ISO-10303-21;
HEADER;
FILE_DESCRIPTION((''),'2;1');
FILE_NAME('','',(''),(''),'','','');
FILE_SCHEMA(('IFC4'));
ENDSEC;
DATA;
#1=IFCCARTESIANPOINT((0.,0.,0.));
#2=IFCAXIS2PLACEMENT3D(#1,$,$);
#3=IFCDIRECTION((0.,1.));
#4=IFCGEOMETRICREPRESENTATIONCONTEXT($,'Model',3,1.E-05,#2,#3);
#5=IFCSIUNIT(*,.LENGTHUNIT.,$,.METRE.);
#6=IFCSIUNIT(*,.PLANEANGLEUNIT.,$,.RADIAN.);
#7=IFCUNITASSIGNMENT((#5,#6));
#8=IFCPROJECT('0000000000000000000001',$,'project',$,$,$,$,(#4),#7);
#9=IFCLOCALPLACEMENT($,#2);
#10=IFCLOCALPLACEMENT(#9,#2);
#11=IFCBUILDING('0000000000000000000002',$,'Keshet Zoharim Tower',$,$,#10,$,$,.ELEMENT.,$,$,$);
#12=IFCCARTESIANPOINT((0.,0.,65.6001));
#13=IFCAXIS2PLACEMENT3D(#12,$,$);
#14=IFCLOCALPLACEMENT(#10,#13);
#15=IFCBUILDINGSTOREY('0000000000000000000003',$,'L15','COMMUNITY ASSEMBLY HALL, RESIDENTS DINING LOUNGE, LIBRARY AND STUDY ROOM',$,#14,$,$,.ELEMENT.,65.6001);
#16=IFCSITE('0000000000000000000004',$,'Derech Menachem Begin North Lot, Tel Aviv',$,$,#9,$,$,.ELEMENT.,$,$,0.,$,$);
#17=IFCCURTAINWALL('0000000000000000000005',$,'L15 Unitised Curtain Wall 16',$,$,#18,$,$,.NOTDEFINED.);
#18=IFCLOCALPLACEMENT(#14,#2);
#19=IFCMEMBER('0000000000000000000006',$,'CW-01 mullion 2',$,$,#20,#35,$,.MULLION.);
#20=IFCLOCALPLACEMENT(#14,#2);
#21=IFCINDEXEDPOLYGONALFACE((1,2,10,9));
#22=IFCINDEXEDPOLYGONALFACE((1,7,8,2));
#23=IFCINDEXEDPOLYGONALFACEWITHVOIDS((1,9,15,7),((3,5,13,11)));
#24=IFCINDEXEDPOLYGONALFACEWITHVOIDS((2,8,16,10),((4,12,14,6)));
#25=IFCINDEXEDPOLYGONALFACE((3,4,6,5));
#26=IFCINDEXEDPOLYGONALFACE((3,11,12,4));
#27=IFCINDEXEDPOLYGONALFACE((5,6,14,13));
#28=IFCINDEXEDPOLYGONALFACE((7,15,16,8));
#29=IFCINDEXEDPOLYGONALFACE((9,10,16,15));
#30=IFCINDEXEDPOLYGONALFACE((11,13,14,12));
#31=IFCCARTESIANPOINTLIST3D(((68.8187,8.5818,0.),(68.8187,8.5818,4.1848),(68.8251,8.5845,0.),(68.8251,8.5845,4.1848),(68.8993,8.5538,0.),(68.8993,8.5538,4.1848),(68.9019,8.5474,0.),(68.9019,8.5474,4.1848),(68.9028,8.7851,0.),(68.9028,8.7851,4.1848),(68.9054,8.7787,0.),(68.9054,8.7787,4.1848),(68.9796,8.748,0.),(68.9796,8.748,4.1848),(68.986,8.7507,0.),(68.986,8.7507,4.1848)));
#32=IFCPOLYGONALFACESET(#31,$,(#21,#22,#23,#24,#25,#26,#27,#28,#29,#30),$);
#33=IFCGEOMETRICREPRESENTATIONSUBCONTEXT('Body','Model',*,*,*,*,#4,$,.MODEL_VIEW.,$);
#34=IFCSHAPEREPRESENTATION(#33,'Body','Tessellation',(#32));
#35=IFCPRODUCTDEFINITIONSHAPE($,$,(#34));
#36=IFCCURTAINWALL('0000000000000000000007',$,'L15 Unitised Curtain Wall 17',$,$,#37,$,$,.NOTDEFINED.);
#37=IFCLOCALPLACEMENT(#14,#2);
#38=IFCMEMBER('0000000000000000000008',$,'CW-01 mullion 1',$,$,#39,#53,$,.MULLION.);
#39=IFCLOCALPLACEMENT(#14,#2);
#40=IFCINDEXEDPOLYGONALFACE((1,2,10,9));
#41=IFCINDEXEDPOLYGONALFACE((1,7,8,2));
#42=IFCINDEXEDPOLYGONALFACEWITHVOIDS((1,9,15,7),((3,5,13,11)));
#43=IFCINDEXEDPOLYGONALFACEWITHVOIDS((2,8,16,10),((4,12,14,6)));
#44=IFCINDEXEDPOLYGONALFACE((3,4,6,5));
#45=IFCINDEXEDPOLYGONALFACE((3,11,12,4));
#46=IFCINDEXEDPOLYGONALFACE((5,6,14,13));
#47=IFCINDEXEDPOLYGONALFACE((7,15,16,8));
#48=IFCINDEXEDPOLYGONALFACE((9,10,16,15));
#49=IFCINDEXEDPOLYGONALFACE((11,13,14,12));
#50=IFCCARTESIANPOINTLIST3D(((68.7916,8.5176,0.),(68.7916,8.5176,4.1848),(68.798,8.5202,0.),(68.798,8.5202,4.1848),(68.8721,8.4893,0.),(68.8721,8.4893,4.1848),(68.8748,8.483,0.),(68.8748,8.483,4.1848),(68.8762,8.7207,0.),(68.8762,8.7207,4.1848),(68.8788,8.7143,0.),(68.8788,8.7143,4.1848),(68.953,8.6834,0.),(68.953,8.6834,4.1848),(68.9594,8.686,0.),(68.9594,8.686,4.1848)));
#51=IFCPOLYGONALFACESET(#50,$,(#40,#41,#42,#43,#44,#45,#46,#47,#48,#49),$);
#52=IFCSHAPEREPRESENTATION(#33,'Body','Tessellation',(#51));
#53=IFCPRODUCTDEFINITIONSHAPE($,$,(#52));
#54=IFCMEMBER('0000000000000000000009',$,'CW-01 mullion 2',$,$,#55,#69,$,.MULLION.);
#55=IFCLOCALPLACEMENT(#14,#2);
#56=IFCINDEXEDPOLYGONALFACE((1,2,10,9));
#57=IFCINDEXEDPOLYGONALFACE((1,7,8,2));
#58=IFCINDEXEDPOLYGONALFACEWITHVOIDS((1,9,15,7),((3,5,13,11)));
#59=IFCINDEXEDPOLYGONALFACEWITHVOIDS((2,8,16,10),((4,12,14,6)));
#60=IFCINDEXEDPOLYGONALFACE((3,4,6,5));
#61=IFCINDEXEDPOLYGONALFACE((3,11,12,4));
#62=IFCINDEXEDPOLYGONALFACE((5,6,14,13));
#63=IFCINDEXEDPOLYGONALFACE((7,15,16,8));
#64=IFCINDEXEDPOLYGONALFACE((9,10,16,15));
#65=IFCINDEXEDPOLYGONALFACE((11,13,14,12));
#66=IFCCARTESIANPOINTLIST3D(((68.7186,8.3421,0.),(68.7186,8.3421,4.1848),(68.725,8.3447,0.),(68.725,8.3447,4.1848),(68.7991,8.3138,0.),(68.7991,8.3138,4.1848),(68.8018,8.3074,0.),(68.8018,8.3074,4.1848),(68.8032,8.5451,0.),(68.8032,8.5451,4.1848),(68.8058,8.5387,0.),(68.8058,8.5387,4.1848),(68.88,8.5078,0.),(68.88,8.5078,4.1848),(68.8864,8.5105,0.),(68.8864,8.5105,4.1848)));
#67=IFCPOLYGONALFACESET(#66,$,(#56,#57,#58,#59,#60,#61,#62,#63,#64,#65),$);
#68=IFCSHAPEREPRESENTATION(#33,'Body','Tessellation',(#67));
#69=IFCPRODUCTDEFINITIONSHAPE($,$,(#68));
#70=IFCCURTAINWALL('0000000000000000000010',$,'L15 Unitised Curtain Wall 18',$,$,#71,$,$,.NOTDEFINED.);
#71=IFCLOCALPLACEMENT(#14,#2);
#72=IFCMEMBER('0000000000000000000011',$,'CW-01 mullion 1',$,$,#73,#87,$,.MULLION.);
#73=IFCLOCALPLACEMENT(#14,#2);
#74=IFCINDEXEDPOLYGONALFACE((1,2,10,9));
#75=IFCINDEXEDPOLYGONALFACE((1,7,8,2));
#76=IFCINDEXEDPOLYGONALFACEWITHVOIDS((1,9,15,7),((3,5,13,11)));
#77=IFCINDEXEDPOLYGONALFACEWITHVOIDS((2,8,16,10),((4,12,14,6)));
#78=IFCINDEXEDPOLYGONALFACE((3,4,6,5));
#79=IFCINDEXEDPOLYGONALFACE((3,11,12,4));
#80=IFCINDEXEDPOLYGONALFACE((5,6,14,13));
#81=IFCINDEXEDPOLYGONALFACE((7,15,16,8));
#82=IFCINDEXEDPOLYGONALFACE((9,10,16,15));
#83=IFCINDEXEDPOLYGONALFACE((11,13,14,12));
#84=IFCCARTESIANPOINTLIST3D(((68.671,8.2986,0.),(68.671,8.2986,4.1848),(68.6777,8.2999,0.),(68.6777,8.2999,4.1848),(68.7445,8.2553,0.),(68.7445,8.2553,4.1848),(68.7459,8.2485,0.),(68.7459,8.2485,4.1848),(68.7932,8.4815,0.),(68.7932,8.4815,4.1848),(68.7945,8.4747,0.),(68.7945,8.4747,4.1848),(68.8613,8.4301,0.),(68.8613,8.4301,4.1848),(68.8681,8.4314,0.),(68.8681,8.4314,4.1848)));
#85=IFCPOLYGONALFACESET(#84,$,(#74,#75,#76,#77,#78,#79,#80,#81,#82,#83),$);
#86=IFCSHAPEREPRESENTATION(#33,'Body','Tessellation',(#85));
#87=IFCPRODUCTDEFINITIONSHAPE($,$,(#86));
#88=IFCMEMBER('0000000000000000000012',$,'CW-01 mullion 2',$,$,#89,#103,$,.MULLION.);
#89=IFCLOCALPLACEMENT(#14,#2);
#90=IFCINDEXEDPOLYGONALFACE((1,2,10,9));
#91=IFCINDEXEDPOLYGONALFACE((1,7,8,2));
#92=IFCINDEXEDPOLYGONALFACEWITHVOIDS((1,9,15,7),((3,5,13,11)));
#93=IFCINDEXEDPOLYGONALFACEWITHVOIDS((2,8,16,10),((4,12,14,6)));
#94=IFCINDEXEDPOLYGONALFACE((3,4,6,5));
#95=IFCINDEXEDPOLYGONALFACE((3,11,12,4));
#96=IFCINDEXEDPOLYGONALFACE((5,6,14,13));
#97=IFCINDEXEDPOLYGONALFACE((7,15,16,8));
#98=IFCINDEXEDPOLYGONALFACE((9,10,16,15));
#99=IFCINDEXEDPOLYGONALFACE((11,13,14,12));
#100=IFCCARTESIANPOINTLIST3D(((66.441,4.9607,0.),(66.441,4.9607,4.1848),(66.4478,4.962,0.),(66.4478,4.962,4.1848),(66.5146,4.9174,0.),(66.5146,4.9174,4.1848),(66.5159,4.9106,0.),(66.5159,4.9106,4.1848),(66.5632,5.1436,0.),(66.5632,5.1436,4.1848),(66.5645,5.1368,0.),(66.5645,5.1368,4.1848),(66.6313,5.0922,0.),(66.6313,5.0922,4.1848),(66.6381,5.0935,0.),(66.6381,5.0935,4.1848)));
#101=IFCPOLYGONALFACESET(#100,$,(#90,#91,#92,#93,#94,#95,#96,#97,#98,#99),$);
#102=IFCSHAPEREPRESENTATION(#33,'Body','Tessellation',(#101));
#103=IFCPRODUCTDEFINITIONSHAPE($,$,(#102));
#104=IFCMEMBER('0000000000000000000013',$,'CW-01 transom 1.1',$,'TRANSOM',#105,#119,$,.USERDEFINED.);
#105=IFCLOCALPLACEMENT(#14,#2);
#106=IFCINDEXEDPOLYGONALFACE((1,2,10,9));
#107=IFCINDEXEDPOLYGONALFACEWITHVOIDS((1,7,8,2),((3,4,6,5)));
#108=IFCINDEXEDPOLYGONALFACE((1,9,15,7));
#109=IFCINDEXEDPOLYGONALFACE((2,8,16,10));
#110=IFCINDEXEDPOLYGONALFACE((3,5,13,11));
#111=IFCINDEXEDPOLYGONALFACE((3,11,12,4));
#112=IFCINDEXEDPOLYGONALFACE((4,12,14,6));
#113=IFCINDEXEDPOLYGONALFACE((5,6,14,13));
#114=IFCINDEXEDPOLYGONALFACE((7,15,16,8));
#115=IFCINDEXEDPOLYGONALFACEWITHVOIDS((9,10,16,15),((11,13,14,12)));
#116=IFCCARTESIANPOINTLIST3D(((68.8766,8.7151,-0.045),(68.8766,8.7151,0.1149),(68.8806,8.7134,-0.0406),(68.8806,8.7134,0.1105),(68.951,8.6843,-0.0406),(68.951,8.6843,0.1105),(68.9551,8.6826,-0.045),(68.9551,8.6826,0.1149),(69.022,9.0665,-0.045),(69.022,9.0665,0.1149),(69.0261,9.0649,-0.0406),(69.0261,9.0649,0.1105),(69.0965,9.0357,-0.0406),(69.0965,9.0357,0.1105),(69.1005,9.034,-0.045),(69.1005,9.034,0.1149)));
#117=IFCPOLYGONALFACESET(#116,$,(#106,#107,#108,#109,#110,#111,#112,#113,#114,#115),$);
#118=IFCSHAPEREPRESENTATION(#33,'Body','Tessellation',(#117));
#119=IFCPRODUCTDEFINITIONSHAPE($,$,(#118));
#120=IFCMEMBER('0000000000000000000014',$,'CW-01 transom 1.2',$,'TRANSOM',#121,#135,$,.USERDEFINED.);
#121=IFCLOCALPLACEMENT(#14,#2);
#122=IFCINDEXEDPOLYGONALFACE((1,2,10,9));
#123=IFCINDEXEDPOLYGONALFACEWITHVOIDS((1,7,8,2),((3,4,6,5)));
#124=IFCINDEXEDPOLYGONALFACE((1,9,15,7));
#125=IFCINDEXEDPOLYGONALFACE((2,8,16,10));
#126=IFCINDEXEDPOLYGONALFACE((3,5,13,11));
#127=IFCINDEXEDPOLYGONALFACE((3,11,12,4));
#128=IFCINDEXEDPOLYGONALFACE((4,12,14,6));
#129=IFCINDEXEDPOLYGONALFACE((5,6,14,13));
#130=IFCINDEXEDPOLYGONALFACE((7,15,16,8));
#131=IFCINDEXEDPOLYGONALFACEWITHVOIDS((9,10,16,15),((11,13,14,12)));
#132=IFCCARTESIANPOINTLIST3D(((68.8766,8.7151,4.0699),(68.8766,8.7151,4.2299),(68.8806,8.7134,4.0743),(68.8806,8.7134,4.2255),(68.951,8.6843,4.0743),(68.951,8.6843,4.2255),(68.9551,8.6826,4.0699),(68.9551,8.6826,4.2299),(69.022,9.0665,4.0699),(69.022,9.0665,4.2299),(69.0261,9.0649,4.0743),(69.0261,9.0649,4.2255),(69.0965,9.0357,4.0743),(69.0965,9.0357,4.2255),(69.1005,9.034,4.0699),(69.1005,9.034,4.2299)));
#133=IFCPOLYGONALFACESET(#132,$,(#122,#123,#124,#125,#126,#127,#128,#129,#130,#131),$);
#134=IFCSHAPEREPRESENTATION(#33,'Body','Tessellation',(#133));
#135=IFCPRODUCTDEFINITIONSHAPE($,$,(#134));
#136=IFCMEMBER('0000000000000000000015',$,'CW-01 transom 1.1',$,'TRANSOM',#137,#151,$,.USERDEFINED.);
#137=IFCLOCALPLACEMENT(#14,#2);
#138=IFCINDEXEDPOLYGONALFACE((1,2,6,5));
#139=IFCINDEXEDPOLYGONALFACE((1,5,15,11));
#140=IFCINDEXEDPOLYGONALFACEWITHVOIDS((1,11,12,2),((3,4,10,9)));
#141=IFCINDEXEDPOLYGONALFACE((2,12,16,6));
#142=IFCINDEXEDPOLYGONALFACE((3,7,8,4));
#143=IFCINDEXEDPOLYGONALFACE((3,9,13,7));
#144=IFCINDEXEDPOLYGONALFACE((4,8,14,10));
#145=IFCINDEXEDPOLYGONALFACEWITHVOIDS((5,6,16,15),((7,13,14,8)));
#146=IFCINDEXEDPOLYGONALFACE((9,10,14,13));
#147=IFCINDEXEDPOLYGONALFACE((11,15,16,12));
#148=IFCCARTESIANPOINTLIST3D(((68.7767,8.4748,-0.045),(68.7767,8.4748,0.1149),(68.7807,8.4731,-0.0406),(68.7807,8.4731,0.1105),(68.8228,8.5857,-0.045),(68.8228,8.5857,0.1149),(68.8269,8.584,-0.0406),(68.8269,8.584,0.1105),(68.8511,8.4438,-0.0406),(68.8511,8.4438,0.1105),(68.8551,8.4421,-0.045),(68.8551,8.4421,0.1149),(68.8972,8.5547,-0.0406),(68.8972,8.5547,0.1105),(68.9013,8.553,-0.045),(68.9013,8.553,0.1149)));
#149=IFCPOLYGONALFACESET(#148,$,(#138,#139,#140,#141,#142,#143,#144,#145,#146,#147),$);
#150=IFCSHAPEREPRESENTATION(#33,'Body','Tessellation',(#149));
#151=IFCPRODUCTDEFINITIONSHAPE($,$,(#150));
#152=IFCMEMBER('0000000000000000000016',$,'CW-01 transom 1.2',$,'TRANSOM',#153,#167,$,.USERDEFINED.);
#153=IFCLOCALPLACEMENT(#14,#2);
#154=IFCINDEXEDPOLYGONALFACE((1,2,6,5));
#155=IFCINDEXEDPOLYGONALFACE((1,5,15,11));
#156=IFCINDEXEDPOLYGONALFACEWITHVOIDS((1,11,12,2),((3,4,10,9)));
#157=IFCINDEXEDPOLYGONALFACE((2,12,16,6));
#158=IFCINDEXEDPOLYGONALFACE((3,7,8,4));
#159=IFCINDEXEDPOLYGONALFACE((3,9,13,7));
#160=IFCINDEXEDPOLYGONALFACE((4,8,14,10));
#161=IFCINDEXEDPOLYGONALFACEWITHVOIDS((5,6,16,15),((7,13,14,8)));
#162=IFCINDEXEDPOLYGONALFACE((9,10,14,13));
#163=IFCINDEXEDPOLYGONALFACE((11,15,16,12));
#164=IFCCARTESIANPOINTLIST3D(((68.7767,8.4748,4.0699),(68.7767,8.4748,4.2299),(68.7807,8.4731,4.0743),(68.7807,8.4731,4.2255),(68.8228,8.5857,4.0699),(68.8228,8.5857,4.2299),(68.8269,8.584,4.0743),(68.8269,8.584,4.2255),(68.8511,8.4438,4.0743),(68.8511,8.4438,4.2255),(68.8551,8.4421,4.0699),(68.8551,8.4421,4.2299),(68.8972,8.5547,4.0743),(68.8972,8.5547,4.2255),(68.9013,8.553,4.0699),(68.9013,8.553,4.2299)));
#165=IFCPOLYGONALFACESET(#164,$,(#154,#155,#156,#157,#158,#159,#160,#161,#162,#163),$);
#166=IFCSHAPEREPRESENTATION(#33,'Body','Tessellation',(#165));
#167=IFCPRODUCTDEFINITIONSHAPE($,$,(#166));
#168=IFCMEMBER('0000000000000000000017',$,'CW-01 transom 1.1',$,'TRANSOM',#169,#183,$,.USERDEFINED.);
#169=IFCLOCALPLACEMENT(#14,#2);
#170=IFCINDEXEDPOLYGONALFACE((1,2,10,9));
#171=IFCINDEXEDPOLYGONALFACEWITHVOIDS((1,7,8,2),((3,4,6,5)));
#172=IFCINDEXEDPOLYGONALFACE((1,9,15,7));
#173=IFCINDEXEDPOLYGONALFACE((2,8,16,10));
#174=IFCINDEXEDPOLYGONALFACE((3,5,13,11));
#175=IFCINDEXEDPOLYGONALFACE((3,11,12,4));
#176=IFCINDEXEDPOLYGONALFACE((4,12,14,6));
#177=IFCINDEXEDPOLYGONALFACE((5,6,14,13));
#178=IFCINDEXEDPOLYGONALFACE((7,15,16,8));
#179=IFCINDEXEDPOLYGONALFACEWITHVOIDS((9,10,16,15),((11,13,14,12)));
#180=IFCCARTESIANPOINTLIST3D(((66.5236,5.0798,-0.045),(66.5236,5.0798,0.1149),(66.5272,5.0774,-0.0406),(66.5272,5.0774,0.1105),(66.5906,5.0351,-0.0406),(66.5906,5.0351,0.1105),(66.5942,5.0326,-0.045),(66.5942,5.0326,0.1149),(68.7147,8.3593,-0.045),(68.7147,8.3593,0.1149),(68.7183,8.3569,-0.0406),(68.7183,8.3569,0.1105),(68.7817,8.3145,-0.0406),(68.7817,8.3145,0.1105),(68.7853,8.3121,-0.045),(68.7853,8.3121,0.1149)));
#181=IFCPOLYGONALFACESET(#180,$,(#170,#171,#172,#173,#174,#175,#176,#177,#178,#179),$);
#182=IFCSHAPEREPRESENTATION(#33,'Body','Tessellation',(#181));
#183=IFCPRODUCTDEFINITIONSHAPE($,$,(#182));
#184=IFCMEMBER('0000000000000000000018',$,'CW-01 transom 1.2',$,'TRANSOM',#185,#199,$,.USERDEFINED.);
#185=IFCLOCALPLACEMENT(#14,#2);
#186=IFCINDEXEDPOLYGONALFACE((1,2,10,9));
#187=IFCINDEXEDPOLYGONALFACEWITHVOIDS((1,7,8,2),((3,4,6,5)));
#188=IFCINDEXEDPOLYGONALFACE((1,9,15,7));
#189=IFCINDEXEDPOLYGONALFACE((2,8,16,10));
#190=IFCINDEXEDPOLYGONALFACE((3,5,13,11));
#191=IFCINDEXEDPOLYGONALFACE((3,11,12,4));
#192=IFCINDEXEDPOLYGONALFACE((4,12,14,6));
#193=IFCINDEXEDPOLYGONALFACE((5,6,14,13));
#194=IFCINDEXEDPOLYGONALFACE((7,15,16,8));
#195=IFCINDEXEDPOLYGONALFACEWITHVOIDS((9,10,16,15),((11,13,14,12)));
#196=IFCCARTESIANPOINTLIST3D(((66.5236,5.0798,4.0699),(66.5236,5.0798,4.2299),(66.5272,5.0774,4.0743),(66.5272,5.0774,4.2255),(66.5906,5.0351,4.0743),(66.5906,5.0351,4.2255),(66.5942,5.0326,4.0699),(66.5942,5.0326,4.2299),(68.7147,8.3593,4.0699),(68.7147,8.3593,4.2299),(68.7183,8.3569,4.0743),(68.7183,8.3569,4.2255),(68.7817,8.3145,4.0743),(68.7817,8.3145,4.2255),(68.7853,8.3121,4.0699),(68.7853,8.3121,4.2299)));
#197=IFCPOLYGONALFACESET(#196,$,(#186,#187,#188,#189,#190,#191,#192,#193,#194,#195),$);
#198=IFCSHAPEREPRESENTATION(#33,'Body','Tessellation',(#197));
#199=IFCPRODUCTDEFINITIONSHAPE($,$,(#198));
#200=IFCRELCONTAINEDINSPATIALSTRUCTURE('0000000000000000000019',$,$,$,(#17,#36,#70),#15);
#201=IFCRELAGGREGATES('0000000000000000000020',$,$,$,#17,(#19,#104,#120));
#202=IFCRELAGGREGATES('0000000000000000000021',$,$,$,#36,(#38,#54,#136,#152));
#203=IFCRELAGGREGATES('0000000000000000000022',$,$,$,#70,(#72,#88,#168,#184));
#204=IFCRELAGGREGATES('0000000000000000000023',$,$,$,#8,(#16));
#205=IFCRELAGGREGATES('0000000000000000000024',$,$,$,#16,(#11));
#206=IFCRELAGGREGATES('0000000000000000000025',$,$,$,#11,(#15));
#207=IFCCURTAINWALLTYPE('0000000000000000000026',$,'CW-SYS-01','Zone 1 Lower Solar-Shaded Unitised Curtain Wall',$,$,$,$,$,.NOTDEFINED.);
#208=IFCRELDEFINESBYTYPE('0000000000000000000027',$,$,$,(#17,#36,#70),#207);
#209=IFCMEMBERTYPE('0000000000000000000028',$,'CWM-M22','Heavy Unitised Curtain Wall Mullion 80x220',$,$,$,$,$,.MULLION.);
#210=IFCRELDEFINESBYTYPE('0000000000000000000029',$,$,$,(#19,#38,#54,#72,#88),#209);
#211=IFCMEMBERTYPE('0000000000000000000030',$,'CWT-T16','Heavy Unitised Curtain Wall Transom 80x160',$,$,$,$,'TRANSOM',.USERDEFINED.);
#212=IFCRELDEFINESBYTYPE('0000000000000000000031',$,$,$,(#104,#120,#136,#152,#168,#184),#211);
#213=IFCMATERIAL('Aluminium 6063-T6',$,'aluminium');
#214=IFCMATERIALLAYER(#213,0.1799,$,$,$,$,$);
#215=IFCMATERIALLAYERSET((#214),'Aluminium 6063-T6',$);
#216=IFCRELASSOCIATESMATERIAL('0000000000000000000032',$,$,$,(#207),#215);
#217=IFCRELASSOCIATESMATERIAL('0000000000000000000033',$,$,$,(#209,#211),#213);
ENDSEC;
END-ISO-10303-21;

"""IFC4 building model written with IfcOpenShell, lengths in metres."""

from ifc_helpers import new_model, si_unit, direction, frame, origin, origin_2d, place, context, subcontext, project, spatial, hollow_rectangle, extrude, material, layer, layer_set, material_profile, profile_set, type_object, element, aggregate, save


model = new_model("IFC4")

# Units and contexts
model_context = context("Model", 3, precision=1e-05, world=origin(), true_north=direction((0.0, 1.0)))
body_context = subcontext(model_context, "Body", "Model", "MODEL_VIEW")
ifc_project = project(units=[si_unit("LENGTHUNIT", "METRE"), si_unit("PLANEANGLEUNIT", "RADIAN")], contexts=[model_context])

# Site, building, storey
site_placement = place(None, origin())
site = spatial("IfcSite", under=ifc_project, at=site_placement, Name="Derech Menachem Begin North Lot, Tel Aviv", CompositionType="ELEMENT", RefElevation=0.0)
building_placement = place(site_placement, origin())
building = spatial("IfcBuilding", under=site, at=building_placement, Name="Keshet Zoharim Tower", CompositionType="ELEMENT")
storey_placement = place(building_placement, frame((0.0, 0.0, 65.6001)))
storey = spatial("IfcBuildingStorey", under=building, at=storey_placement, Name="L15", Description="COMMUNITY ASSEMBLY HALL, RESIDENTS DINING LOUNGE, LIBRARY AND STUDY ROOM", CompositionType="ELEMENT", Elevation=65.6001)

# Curtain walls, members
ifc_material_1 = material(Name="Aluminium 6063-T6", Category="aluminium")
ifc_layer_1 = layer(ifc_material_1, 0.1799)
ifc_layer_set_1 = layer_set([ifc_layer_1], Name="Aluminium 6063-T6")
curtain_wall_type = type_object("IfcCurtainWallType", Name="CW-SYS-01", Description="Zone 1 Lower Solar-Shaded Unitised Curtain Wall", PredefinedType="NOTDEFINED", material=ifc_layer_set_1)
curtain_wall_1_placement = place(storey_placement, origin())
curtain_wall_1 = element("IfcCurtainWall", 1, at=curtain_wall_1_placement, inside=storey, type_object=curtain_wall_type, Name="L15 Unitised Curtain Wall 16", PredefinedType="NOTDEFINED")
ifc_material_profile_1 = material_profile(ifc_material_1, hollow_rectangle(XDim=0.0901, YDim=0.22, WallThickness=0.0049, at=origin_2d()), Name="MUL-90x220")
ifc_profile_set_1 = profile_set([ifc_material_profile_1], Name="Aluminium 6063-T6")
member_type_1 = type_object("IfcMemberType", Name="CWM-M22", Description="Heavy Unitised Curtain Wall Mullion 80x220", PredefinedType="MULLION", material=ifc_profile_set_1)
member_1_placement = place(storey_placement, frame((68.9023, 8.6663, 0.0), z_axis=(0.0, 0.0, 1.0), x_axis=(0.92404, -0.382295, 0.0)))
member_1 = element("IfcMember", 2, at=member_1_placement, type_object=member_type_1, Name="CW-01 mullion 2", PredefinedType="MULLION", context=body_context, shape_type="SweptSolid", body=[
    extrude(hollow_rectangle(XDim=0.0901, YDim=0.22, WallThickness=0.0049, at=origin_2d()), origin(), (0.0, 0.0, 1.0), 4.1848),
])
curtain_wall_2_placement = place(storey_placement, origin())
curtain_wall_2 = element("IfcCurtainWall", 3, at=curtain_wall_2_placement, inside=storey, type_object=curtain_wall_type, Name="L15 Unitised Curtain Wall 17", PredefinedType="NOTDEFINED")
member_2_placement = place(storey_placement, frame((68.8755, 8.6018, 0.0), z_axis=(0.0, 0.0, 1.0), x_axis=(0.923077, -0.384615, 0.0)))
member_2 = element("IfcMember", 4, at=member_2_placement, type_object=member_type_1, Name="CW-01 mullion 1", PredefinedType="MULLION", context=body_context, shape_type="SweptSolid", body=[
    extrude(hollow_rectangle(XDim=0.0901, YDim=0.22, WallThickness=0.0049, at=origin_2d()), origin(), (0.0, 0.0, 1.0), 4.1848),
])
member_3_placement = place(storey_placement, frame((68.8025, 8.4263, 0.0), z_axis=(0.0, 0.0, 1.0), x_axis=(0.923077, -0.384615, 0.0)))
member_3 = element("IfcMember", 5, at=member_3_placement, type_object=member_type_1, Name="CW-01 mullion 2", PredefinedType="MULLION", context=body_context, shape_type="SweptSolid", body=[
    extrude(hollow_rectangle(XDim=0.0901, YDim=0.22, WallThickness=0.0049, at=origin_2d()), origin(), (0.0, 0.0, 1.0), 4.1848),
])
curtain_wall_3_placement = place(storey_placement, origin())
curtain_wall_3 = element("IfcCurtainWall", 6, at=curtain_wall_3_placement, inside=storey, type_object=curtain_wall_type, Name="L15 Unitised Curtain Wall 18", PredefinedType="NOTDEFINED")
member_4_placement = place(storey_placement, frame((68.7695, 8.365, 0.0), z_axis=(0.0, 0.0, 1.0), x_axis=(0.831485, -0.555547, 0.0)))
member_4 = element("IfcMember", 7, at=member_4_placement, type_object=member_type_1, Name="CW-01 mullion 1", PredefinedType="MULLION", context=body_context, shape_type="SweptSolid", body=[
    extrude(hollow_rectangle(XDim=0.0901, YDim=0.22, WallThickness=0.0049, at=origin_2d()), origin(), (0.0, 0.0, 1.0), 4.1848),
])
member_5_placement = place(storey_placement, frame((66.5396, 5.0271, 0.0), z_axis=(0.0, 0.0, 1.0), x_axis=(0.831485, -0.555547, 0.0)))
member_5 = element("IfcMember", 8, at=member_5_placement, type_object=member_type_1, Name="CW-01 mullion 2", PredefinedType="MULLION", context=body_context, shape_type="SweptSolid", body=[
    extrude(hollow_rectangle(XDim=0.0901, YDim=0.22, WallThickness=0.0049, at=origin_2d()), origin(), (0.0, 0.0, 1.0), 4.1848),
])

# Members
ifc_material_profile_2 = material_profile(ifc_material_1, hollow_rectangle(XDim=0.085, YDim=0.1599, WallThickness=0.0044, at=origin_2d()), Name="TRN-85x160")
ifc_profile_set_2 = profile_set([ifc_material_profile_2], Name="Aluminium 6063-T6")
member_type_2 = type_object("IfcMemberType", Name="CWT-T16", Description="Heavy Unitised Curtain Wall Transom 80x160", ElementType="TRANSOM", PredefinedType="USERDEFINED", material=ifc_profile_set_2)
member_6_placement = place(storey_placement, frame((69.0613, 9.0503, 0.0349), z_axis=(-0.382427, -0.923986, 0.0), x_axis=(0.923986, -0.382427, 0.0)))
member_6 = element("IfcMember", 9, at=member_6_placement, type_object=member_type_2, Name="CW-01 transom 1.1", ObjectType="TRANSOM", PredefinedType="USERDEFINED", context=body_context, shape_type="SweptSolid", body=[
    extrude(hollow_rectangle(XDim=0.085, YDim=0.1599, WallThickness=0.0044, at=origin_2d()), origin(), (0.0, 0.0, 1.0), 0.3804),
])
member_7_placement = place(storey_placement, frame((69.0613, 9.0503, 4.1499), z_axis=(-0.382427, -0.923986, 0.0), x_axis=(0.923986, -0.382427, 0.0)))
member_7 = element("IfcMember", 10, at=member_7_placement, type_object=member_type_2, Name="CW-01 transom 1.2", ObjectType="TRANSOM", PredefinedType="USERDEFINED", context=body_context, shape_type="SweptSolid", body=[
    extrude(hollow_rectangle(XDim=0.085, YDim=0.1599, WallThickness=0.0044, at=origin_2d()), origin(), (0.0, 0.0, 1.0), 0.3804),
])
member_8_placement = place(storey_placement, frame((68.8621, 8.5693, 0.0349), z_axis=(-0.384327, -0.923197, 0.0), x_axis=(0.923197, -0.384327, 0.0)))
member_8 = element("IfcMember", 11, at=member_8_placement, type_object=member_type_2, Name="CW-01 transom 1.1", ObjectType="TRANSOM", PredefinedType="USERDEFINED", context=body_context, shape_type="SweptSolid", body=[
    extrude(hollow_rectangle(XDim=0.085, YDim=0.1599, WallThickness=0.0044, at=origin_2d()), origin(), (0.0, 0.0, 1.0), 0.1201),
])
member_9_placement = place(storey_placement, frame((68.8621, 8.5693, 4.1499), z_axis=(-0.384327, -0.923197, 0.0), x_axis=(0.923197, -0.384327, 0.0)))
member_9 = element("IfcMember", 12, at=member_9_placement, type_object=member_type_2, Name="CW-01 transom 1.2", ObjectType="TRANSOM", PredefinedType="USERDEFINED", context=body_context, shape_type="SweptSolid", body=[
    extrude(hollow_rectangle(XDim=0.085, YDim=0.1599, WallThickness=0.0044, at=origin_2d()), origin(), (0.0, 0.0, 1.0), 0.1201),
])
member_10_placement = place(storey_placement, frame((68.75, 8.3357, 0.0349), z_axis=(-0.555543, -0.831488, 0.0), x_axis=(0.831488, -0.555543, 0.0)))
member_10 = element("IfcMember", 13, at=member_10_placement, type_object=member_type_2, Name="CW-01 transom 1.1", ObjectType="TRANSOM", PredefinedType="USERDEFINED", context=body_context, shape_type="SweptSolid", body=[
    extrude(hollow_rectangle(XDim=0.085, YDim=0.1599, WallThickness=0.0044, at=origin_2d()), origin(), (0.0, 0.0, 1.0), 3.9441),
])
member_11_placement = place(storey_placement, frame((68.75, 8.3357, 4.1499), z_axis=(-0.555543, -0.831488, 0.0), x_axis=(0.831488, -0.555543, 0.0)))
member_11 = element("IfcMember", 14, at=member_11_placement, type_object=member_type_2, Name="CW-01 transom 1.2", ObjectType="TRANSOM", PredefinedType="USERDEFINED", context=body_context, shape_type="SweptSolid", body=[
    extrude(hollow_rectangle(XDim=0.085, YDim=0.1599, WallThickness=0.0044, at=origin_2d()), origin(), (0.0, 0.0, 1.0), 3.9441),
])

aggregate(curtain_wall_1, [member_1, member_6, member_7])
aggregate(curtain_wall_2, [member_2, member_3, member_8, member_9])
aggregate(curtain_wall_3, [member_4, member_5, member_10, member_11])

save(model, "model.ifc")
